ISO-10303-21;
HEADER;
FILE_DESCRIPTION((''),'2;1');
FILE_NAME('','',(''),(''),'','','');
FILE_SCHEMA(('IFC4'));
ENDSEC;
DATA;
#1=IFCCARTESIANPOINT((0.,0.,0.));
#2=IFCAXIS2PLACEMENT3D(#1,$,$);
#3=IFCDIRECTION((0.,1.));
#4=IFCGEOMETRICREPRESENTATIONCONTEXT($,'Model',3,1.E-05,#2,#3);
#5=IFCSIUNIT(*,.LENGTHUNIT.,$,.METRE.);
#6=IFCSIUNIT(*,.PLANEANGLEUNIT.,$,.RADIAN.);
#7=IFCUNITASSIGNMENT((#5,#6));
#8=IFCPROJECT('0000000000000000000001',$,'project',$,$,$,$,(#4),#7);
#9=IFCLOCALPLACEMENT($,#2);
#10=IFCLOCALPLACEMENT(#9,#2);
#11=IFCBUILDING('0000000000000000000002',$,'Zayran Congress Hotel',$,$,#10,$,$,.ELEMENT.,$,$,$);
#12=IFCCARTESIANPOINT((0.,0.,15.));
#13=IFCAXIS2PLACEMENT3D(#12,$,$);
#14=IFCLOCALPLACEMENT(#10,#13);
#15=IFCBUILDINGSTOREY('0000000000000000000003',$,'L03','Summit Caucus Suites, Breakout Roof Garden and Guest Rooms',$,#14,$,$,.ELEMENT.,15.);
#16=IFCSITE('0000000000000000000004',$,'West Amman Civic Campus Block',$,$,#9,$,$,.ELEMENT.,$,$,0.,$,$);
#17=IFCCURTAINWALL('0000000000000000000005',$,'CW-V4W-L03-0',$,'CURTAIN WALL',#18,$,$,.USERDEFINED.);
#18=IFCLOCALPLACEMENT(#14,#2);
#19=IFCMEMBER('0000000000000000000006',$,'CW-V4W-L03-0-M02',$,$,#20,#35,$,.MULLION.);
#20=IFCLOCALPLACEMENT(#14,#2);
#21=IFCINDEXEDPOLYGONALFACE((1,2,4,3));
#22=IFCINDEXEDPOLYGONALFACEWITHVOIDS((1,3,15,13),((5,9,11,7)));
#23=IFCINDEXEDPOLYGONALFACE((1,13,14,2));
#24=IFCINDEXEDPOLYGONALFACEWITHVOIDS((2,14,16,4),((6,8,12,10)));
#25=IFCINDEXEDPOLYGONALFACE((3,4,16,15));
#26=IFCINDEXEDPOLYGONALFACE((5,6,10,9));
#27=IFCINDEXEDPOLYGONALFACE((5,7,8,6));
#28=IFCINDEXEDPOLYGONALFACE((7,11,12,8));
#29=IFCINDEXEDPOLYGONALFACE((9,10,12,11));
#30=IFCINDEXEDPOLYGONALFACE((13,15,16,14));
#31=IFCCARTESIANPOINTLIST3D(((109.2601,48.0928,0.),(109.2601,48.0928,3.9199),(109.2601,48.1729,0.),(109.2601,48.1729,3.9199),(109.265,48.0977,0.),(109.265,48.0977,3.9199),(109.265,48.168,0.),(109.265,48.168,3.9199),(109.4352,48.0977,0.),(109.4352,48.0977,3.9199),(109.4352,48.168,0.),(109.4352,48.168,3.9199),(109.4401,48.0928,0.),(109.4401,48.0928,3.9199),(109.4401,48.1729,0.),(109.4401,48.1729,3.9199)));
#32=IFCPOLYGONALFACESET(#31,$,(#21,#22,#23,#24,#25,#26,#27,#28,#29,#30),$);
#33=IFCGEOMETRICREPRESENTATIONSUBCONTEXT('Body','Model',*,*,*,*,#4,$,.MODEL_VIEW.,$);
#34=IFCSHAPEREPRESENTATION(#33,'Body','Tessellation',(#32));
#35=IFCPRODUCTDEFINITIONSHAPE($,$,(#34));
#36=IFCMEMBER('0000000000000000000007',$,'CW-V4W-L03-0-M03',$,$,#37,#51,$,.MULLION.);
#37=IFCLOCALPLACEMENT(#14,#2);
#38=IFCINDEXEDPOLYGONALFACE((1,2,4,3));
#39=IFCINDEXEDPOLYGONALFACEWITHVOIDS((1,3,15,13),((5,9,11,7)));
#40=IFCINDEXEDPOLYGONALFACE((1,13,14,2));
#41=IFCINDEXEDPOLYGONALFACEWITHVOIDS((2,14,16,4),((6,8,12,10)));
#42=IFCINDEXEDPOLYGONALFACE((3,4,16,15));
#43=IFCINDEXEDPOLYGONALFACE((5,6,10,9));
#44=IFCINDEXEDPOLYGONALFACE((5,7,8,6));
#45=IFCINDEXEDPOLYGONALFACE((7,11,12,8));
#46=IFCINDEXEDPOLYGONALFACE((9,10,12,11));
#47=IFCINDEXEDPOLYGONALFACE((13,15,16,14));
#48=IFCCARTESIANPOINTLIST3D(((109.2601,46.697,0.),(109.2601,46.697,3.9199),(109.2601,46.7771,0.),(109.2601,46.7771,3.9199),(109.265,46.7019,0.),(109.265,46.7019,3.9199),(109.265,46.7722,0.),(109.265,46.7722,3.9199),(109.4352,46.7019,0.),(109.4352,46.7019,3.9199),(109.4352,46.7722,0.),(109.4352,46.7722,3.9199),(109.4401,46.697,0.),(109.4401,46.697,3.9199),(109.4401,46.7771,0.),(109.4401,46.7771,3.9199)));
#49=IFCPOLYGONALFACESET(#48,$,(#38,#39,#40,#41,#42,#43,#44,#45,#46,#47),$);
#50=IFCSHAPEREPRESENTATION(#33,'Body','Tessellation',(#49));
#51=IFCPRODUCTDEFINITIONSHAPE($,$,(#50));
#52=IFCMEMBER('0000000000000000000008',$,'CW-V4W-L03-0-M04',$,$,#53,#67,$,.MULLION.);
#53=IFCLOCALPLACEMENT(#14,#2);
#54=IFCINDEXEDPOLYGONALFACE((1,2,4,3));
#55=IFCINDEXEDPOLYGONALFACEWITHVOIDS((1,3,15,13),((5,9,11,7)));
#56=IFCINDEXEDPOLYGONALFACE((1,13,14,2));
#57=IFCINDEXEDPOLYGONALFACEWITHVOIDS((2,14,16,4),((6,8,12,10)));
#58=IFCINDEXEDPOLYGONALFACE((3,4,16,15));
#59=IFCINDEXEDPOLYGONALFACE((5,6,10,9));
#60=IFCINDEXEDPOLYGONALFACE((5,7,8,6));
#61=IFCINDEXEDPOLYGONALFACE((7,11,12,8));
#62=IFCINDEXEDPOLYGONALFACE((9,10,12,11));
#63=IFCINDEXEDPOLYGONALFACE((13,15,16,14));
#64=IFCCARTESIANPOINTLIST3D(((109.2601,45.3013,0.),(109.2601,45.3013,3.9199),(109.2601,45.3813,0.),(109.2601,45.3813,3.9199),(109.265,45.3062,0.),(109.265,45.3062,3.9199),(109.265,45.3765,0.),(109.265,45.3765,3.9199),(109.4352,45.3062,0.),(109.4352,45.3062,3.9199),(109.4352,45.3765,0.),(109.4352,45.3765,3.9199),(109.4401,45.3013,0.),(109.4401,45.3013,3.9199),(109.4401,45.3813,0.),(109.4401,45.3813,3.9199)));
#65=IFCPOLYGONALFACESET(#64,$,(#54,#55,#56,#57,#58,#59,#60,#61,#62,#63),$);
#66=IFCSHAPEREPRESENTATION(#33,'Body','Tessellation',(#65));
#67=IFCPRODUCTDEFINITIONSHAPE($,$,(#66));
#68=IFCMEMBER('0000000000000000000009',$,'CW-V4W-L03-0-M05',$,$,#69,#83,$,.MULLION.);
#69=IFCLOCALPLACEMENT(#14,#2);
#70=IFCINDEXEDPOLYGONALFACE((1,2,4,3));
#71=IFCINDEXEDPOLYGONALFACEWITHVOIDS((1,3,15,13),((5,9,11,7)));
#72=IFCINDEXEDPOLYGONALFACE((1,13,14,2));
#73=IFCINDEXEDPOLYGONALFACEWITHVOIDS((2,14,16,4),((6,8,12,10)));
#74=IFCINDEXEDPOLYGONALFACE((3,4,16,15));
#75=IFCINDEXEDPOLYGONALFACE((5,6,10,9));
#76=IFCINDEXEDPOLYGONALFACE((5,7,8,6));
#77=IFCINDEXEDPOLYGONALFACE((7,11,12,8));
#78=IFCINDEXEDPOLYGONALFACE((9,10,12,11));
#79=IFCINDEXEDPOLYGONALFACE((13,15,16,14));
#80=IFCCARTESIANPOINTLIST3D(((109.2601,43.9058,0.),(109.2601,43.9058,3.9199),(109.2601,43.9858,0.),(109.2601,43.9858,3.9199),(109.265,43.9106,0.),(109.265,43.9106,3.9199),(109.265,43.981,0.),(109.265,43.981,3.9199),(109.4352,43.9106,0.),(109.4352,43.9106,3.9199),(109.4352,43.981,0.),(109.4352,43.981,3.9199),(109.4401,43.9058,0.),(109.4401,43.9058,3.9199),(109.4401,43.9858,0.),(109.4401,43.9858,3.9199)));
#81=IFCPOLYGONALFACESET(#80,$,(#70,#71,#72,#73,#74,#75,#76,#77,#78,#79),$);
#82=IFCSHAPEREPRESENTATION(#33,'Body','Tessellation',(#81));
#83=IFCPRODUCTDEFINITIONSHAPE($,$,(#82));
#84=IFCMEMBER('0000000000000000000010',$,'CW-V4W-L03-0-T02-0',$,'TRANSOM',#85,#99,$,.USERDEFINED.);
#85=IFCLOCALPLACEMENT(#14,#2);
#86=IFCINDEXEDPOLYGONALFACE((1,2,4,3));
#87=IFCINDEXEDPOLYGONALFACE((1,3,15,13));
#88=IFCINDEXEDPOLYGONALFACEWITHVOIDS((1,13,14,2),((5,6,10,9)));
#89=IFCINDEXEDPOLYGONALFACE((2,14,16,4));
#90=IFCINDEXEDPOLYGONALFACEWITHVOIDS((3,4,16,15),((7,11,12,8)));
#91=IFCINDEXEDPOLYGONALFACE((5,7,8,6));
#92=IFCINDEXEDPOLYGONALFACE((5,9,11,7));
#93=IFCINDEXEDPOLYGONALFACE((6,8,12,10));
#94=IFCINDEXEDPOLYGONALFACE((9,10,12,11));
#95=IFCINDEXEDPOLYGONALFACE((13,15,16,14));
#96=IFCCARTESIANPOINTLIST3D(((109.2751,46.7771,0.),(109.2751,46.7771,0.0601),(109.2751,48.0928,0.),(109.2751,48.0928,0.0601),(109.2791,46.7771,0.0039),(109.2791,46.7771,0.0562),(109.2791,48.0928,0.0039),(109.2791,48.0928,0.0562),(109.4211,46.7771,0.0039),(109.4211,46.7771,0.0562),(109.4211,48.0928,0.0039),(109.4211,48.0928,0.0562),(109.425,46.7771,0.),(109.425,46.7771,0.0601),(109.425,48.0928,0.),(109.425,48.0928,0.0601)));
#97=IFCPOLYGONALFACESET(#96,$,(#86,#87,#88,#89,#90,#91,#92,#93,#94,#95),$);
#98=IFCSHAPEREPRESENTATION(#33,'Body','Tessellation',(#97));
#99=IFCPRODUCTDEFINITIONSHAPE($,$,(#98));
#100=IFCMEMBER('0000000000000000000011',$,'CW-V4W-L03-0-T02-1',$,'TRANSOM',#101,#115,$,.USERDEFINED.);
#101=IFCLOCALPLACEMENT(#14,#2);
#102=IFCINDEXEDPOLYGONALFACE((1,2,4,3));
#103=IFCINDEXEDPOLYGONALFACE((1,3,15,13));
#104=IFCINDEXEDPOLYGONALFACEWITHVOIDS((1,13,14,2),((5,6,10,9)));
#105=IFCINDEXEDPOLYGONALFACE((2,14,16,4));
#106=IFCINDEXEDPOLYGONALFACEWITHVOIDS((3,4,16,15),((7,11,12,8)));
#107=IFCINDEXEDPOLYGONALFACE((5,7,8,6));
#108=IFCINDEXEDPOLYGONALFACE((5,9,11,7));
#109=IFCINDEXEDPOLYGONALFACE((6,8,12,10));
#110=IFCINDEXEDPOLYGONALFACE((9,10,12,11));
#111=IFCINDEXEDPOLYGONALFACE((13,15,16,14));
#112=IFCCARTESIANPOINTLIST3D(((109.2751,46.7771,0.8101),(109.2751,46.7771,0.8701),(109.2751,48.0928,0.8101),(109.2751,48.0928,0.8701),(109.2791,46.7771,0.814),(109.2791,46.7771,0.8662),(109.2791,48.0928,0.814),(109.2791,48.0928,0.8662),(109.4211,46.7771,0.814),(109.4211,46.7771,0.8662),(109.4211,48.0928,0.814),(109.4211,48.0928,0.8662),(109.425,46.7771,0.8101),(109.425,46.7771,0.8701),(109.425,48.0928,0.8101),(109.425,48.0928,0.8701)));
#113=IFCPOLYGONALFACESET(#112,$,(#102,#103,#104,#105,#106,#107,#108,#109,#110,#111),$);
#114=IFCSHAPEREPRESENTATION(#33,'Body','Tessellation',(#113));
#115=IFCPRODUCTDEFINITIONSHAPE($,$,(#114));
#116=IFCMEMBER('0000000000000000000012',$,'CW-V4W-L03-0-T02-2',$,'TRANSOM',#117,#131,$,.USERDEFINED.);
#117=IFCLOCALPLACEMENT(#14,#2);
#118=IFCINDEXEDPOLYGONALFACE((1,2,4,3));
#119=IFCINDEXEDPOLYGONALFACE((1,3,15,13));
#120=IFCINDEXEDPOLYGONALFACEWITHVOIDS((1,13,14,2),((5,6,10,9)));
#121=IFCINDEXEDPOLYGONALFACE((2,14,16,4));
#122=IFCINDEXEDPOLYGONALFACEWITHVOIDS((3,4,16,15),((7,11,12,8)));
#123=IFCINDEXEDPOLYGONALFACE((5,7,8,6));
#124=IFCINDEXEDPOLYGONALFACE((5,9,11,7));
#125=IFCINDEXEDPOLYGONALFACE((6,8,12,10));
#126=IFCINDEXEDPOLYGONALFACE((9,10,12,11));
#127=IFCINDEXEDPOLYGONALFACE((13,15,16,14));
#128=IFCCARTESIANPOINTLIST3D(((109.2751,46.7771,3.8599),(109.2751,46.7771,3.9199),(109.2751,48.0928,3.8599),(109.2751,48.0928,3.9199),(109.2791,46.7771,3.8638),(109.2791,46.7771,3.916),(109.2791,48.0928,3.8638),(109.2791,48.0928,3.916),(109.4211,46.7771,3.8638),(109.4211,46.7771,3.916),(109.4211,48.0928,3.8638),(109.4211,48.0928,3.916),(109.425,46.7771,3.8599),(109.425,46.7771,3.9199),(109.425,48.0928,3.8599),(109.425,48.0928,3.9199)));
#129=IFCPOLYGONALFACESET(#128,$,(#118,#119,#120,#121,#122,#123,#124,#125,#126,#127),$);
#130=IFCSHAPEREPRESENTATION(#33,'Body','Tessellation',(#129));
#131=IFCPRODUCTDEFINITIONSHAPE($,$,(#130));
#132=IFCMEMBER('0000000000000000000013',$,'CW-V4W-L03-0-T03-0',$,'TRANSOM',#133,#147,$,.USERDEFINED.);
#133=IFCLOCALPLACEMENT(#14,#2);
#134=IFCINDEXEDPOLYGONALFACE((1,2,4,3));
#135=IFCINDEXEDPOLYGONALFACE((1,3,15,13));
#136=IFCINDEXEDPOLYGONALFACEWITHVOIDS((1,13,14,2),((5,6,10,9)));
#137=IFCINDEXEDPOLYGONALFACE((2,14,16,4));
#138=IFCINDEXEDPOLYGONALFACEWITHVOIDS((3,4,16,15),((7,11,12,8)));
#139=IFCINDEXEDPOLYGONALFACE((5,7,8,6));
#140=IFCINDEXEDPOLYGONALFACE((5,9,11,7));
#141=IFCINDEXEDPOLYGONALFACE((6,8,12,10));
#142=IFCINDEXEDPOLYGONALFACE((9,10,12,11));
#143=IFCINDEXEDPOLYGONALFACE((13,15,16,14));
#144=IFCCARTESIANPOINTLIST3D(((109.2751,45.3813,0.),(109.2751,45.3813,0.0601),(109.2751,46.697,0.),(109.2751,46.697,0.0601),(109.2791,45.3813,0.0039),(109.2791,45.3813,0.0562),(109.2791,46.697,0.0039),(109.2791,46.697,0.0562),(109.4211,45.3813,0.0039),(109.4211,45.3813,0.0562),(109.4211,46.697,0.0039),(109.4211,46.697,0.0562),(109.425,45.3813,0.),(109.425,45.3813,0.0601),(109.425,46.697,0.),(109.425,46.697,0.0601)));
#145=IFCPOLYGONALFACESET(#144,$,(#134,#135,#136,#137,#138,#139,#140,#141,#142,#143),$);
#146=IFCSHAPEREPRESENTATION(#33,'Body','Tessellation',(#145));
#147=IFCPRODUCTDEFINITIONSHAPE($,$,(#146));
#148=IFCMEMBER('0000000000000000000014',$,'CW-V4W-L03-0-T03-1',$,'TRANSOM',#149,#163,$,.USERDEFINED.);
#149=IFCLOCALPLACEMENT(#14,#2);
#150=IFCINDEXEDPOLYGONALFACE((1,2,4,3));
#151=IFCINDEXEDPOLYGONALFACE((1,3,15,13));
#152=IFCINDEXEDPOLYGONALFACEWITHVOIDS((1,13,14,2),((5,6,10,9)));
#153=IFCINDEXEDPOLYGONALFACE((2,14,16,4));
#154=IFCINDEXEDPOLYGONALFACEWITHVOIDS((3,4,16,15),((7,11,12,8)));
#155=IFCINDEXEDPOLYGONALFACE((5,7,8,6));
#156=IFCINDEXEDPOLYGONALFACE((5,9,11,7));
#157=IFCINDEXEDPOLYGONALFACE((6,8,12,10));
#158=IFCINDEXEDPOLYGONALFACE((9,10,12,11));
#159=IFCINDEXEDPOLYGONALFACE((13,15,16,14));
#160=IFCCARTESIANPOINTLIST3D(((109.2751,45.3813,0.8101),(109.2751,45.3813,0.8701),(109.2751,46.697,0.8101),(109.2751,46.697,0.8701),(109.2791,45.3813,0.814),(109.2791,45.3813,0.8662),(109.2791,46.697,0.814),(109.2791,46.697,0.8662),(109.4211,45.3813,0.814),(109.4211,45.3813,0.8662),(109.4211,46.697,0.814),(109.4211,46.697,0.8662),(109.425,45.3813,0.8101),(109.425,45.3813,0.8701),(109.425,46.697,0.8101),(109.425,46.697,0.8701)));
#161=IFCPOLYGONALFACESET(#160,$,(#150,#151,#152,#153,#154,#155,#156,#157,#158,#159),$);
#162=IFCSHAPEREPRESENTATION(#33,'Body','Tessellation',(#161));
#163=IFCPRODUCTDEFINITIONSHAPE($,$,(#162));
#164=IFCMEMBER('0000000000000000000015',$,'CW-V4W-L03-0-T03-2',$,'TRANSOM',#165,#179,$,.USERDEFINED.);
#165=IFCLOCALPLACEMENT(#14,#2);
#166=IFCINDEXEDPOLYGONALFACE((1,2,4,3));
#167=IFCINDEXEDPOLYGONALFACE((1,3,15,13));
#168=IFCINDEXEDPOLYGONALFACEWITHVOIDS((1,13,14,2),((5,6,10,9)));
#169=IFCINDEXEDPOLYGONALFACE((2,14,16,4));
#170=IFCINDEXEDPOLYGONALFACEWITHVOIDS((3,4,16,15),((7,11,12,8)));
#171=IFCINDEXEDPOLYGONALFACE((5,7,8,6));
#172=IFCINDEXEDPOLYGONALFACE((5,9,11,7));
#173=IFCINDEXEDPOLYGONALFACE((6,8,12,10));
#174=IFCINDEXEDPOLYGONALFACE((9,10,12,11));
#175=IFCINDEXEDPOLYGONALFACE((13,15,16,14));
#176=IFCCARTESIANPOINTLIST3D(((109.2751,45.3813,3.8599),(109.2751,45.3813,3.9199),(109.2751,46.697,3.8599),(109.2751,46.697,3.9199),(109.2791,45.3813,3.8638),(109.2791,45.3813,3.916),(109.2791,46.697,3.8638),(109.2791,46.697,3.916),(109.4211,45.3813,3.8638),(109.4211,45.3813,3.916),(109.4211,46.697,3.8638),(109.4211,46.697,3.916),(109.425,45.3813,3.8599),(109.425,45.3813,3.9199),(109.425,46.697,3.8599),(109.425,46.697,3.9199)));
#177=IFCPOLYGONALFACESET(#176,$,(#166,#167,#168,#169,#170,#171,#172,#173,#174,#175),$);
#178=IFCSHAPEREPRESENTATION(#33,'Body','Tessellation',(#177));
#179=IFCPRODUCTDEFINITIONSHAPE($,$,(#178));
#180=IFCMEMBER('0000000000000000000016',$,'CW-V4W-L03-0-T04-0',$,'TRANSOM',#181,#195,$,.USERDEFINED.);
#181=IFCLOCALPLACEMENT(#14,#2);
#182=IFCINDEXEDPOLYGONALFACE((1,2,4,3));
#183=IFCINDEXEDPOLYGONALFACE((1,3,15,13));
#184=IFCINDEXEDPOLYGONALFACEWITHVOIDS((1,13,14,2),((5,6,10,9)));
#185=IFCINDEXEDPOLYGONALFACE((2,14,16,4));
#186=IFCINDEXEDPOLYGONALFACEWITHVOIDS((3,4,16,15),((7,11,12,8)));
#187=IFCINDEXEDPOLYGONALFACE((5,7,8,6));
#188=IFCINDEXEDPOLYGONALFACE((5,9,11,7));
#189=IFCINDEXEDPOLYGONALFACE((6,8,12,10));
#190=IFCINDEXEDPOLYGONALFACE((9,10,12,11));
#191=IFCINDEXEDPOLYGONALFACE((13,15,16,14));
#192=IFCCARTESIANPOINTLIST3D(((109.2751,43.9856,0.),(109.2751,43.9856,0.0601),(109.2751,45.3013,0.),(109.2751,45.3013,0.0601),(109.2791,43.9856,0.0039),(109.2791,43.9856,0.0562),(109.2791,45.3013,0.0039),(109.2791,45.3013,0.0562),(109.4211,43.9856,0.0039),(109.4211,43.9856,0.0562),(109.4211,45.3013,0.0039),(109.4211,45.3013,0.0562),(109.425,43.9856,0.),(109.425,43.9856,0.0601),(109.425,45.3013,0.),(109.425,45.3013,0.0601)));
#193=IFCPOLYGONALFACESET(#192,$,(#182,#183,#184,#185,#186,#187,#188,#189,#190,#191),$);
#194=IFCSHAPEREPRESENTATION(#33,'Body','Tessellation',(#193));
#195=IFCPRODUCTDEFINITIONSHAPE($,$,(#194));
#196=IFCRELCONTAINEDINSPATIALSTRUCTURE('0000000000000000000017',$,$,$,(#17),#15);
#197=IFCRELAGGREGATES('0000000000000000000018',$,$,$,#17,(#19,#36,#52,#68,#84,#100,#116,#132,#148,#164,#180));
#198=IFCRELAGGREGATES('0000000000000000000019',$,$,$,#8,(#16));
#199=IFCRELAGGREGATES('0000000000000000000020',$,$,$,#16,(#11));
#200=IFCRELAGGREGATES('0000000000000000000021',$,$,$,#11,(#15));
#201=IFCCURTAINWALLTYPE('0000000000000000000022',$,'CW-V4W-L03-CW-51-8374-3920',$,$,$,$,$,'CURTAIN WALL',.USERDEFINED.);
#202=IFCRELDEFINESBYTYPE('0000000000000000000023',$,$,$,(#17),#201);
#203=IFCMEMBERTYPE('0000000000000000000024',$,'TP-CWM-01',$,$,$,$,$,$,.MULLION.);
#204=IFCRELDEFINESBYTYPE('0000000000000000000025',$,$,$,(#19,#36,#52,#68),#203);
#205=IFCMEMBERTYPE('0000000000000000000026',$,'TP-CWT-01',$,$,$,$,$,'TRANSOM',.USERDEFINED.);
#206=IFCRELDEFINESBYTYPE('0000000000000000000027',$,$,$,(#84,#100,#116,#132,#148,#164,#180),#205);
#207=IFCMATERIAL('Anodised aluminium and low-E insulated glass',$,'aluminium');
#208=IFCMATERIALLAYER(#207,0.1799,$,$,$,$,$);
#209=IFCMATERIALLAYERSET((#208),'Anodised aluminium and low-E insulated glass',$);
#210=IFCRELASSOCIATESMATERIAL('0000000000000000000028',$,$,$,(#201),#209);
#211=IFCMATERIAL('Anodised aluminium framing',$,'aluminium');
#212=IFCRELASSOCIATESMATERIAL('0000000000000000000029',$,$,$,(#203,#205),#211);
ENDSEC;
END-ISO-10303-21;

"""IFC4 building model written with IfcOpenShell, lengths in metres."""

from ifc_helpers import new_model, si_unit, direction, frame, origin, origin_2d, place, context, subcontext, project, spatial, hollow_rectangle, extrude, material, layer, layer_set, material_profile, profile_set, type_object, element, aggregate, save


model = new_model("IFC4")

# Units and contexts
model_context = context("Model", 3, precision=1e-05, world=origin(), true_north=direction((0.0, 1.0)))
body_context = subcontext(model_context, "Body", "Model", "MODEL_VIEW")
ifc_project = project(units=[si_unit("LENGTHUNIT", "METRE"), si_unit("PLANEANGLEUNIT", "RADIAN")], contexts=[model_context])

# Site, building, storey
site_placement = place(None, origin())
site = spatial("IfcSite", under=ifc_project, at=site_placement, Name="West Amman Civic Campus Block", CompositionType="ELEMENT", RefElevation=0.0)
building_placement = place(site_placement, origin())
building = spatial("IfcBuilding", under=site, at=building_placement, Name="Zayran Congress Hotel", CompositionType="ELEMENT")
storey_placement = place(building_placement, frame((0.0, 0.0, 15.0)))
storey = spatial("IfcBuildingStorey", under=building, at=storey_placement, Name="L03", Description="Summit Caucus Suites, Breakout Roof Garden and Guest Rooms", CompositionType="ELEMENT", Elevation=15.0)

# Curtain wall, members
ifc_material_1 = material(Name="Anodised aluminium and low-E insulated glass", Category="aluminium")
ifc_layer_1 = layer(ifc_material_1, 0.1799)
ifc_layer_set_1 = layer_set([ifc_layer_1], Name="Anodised aluminium and low-E insulated glass")
curtain_wall_type = type_object("IfcCurtainWallType", Name="CW-V4W-L03-CW-51-8374-3920", ElementType="CURTAIN WALL", PredefinedType="USERDEFINED", material=ifc_layer_set_1)
curtain_wall_placement = place(storey_placement, origin())
curtain_wall = element("IfcCurtainWall", 1, at=curtain_wall_placement, inside=storey, type_object=curtain_wall_type, Name="CW-V4W-L03-0", ObjectType="CURTAIN WALL", PredefinedType="USERDEFINED")
ifc_material_2 = material(Name="Anodised aluminium framing", Category="aluminium")
ifc_material_profile_1 = material_profile(ifc_material_2, hollow_rectangle(XDim=0.0801, YDim=0.1799, WallThickness=0.0049, at=origin_2d()), Name="RHS 180x80x5")
ifc_profile_set_1 = profile_set([ifc_material_profile_1], Name="Anodised aluminium framing")
member_type_1 = type_object("IfcMemberType", Name="TP-CWM-01", PredefinedType="MULLION", material=ifc_profile_set_1)
member_1_placement = place(storey_placement, frame((109.3501, 48.1328, 0.0), z_axis=(0.0, 0.0, 1.0), x_axis=(0.0, 1.0, 0.0)))
member_1 = element("IfcMember", 2, at=member_1_placement, type_object=member_type_1, Name="CW-V4W-L03-0-M02", PredefinedType="MULLION", context=body_context, shape_type="SweptSolid", body=[
    extrude(hollow_rectangle(XDim=0.0801, YDim=0.1799, WallThickness=0.0049, at=origin_2d()), origin(), (0.0, 0.0, 1.0), 3.9199),
])
member_2_placement = place(storey_placement, frame((109.3501, 46.7371, 0.0), z_axis=(0.0, 0.0, 1.0), x_axis=(0.0, 1.0, 0.0)))
member_2 = element("IfcMember", 3, at=member_2_placement, type_object=member_type_1, Name="CW-V4W-L03-0-M03", PredefinedType="MULLION", context=body_context, shape_type="SweptSolid", body=[
    extrude(hollow_rectangle(XDim=0.0801, YDim=0.1799, WallThickness=0.0049, at=origin_2d()), origin(), (0.0, 0.0, 1.0), 3.9199),
])
member_3_placement = place(storey_placement, frame((109.3501, 45.3413, 0.0), z_axis=(0.0, 0.0, 1.0), x_axis=(0.0, 1.0, 0.0)))
member_3 = element("IfcMember", 4, at=member_3_placement, type_object=member_type_1, Name="CW-V4W-L03-0-M04", PredefinedType="MULLION", context=body_context, shape_type="SweptSolid", body=[
    extrude(hollow_rectangle(XDim=0.0801, YDim=0.1799, WallThickness=0.0049, at=origin_2d()), origin(), (0.0, 0.0, 1.0), 3.9199),
])
member_4_placement = place(storey_placement, frame((109.3501, 43.9458, 0.0), z_axis=(0.0, 0.0, 1.0), x_axis=(0.0, 1.0, 0.0)))
member_4 = element("IfcMember", 5, at=member_4_placement, type_object=member_type_1, Name="CW-V4W-L03-0-M05", PredefinedType="MULLION", context=body_context, shape_type="SweptSolid", body=[
    extrude(hollow_rectangle(XDim=0.0801, YDim=0.1799, WallThickness=0.0049, at=origin_2d()), origin(), (0.0, 0.0, 1.0), 3.9199),
])
ifc_material_profile_2 = material_profile(ifc_material_2, hollow_rectangle(XDim=0.0601, YDim=0.1499, WallThickness=0.0039, at=origin_2d()), Name="RHS 150x60x4")
ifc_profile_set_2 = profile_set([ifc_material_profile_2], Name="Anodised aluminium framing")
member_type_2 = type_object("IfcMemberType", Name="TP-CWT-01", ElementType="TRANSOM", PredefinedType="USERDEFINED", material=ifc_profile_set_2)
member_5_placement = place(storey_placement, frame((109.3501, 48.0928, 0.03), z_axis=(0.0, -1.0, 0.0), x_axis=(0.0, 0.0, 1.0)))
member_5 = element("IfcMember", 6, at=member_5_placement, type_object=member_type_2, Name="CW-V4W-L03-0-T02-0", ObjectType="TRANSOM", PredefinedType="USERDEFINED", context=body_context, shape_type="SweptSolid", body=[
    extrude(hollow_rectangle(XDim=0.0601, YDim=0.1499, WallThickness=0.0039, at=origin_2d()), origin(), (0.0, 0.0, 1.0), 1.3157),
])
member_6_placement = place(storey_placement, frame((109.3501, 48.0928, 0.8401), z_axis=(0.0, -1.0, 0.0), x_axis=(0.0, 0.0, 1.0)))
member_6 = element("IfcMember", 7, at=member_6_placement, type_object=member_type_2, Name="CW-V4W-L03-0-T02-1", ObjectType="TRANSOM", PredefinedType="USERDEFINED", context=body_context, shape_type="SweptSolid", body=[
    extrude(hollow_rectangle(XDim=0.0601, YDim=0.1499, WallThickness=0.0039, at=origin_2d()), origin(), (0.0, 0.0, 1.0), 1.3157),
])
member_7_placement = place(storey_placement, frame((109.3501, 48.0928, 3.8899), z_axis=(0.0, -1.0, 0.0), x_axis=(0.0, 0.0, 1.0)))
member_7 = element("IfcMember", 8, at=member_7_placement, type_object=member_type_2, Name="CW-V4W-L03-0-T02-2", ObjectType="TRANSOM", PredefinedType="USERDEFINED", context=body_context, shape_type="SweptSolid", body=[
    extrude(hollow_rectangle(XDim=0.0601, YDim=0.1499, WallThickness=0.0039, at=origin_2d()), origin(), (0.0, 0.0, 1.0), 1.3157),
])
member_8_placement = place(storey_placement, frame((109.3501, 46.697, 0.03), z_axis=(0.0, -1.0, 0.0), x_axis=(0.0, 0.0, 1.0)))
member_8 = element("IfcMember", 9, at=member_8_placement, type_object=member_type_2, Name="CW-V4W-L03-0-T03-0", ObjectType="TRANSOM", PredefinedType="USERDEFINED", context=body_context, shape_type="SweptSolid", body=[
    extrude(hollow_rectangle(XDim=0.0601, YDim=0.1499, WallThickness=0.0039, at=origin_2d()), origin(), (0.0, 0.0, 1.0), 1.3157),
])
member_9_placement = place(storey_placement, frame((109.3501, 46.697, 0.8401), z_axis=(0.0, -1.0, 0.0), x_axis=(0.0, 0.0, 1.0)))
member_9 = element("IfcMember", 10, at=member_9_placement, type_object=member_type_2, Name="CW-V4W-L03-0-T03-1", ObjectType="TRANSOM", PredefinedType="USERDEFINED", context=body_context, shape_type="SweptSolid", body=[
    extrude(hollow_rectangle(XDim=0.0601, YDim=0.1499, WallThickness=0.0039, at=origin_2d()), origin(), (0.0, 0.0, 1.0), 1.3157),
])
member_10_placement = place(storey_placement, frame((109.3501, 46.697, 3.8899), z_axis=(0.0, -1.0, 0.0), x_axis=(0.0, 0.0, 1.0)))
member_10 = element("IfcMember", 11, at=member_10_placement, type_object=member_type_2, Name="CW-V4W-L03-0-T03-2", ObjectType="TRANSOM", PredefinedType="USERDEFINED", context=body_context, shape_type="SweptSolid", body=[
    extrude(hollow_rectangle(XDim=0.0601, YDim=0.1499, WallThickness=0.0039, at=origin_2d()), origin(), (0.0, 0.0, 1.0), 1.3157),
])
member_11_placement = place(storey_placement, frame((109.3501, 45.3013, 0.03), z_axis=(0.0, -1.0, 0.0), x_axis=(0.0, 0.0, 1.0)))
member_11 = element("IfcMember", 12, at=member_11_placement, type_object=member_type_2, Name="CW-V4W-L03-0-T04-0", ObjectType="TRANSOM", PredefinedType="USERDEFINED", context=body_context, shape_type="SweptSolid", body=[
    extrude(hollow_rectangle(XDim=0.0601, YDim=0.1499, WallThickness=0.0039, at=origin_2d()), origin(), (0.0, 0.0, 1.0), 1.3157),
])
aggregate(curtain_wall, [member_1, member_2, member_3, member_4, member_5, member_6, member_7, member_8, member_9, member_10, member_11])

save(model, "model.ifc")
